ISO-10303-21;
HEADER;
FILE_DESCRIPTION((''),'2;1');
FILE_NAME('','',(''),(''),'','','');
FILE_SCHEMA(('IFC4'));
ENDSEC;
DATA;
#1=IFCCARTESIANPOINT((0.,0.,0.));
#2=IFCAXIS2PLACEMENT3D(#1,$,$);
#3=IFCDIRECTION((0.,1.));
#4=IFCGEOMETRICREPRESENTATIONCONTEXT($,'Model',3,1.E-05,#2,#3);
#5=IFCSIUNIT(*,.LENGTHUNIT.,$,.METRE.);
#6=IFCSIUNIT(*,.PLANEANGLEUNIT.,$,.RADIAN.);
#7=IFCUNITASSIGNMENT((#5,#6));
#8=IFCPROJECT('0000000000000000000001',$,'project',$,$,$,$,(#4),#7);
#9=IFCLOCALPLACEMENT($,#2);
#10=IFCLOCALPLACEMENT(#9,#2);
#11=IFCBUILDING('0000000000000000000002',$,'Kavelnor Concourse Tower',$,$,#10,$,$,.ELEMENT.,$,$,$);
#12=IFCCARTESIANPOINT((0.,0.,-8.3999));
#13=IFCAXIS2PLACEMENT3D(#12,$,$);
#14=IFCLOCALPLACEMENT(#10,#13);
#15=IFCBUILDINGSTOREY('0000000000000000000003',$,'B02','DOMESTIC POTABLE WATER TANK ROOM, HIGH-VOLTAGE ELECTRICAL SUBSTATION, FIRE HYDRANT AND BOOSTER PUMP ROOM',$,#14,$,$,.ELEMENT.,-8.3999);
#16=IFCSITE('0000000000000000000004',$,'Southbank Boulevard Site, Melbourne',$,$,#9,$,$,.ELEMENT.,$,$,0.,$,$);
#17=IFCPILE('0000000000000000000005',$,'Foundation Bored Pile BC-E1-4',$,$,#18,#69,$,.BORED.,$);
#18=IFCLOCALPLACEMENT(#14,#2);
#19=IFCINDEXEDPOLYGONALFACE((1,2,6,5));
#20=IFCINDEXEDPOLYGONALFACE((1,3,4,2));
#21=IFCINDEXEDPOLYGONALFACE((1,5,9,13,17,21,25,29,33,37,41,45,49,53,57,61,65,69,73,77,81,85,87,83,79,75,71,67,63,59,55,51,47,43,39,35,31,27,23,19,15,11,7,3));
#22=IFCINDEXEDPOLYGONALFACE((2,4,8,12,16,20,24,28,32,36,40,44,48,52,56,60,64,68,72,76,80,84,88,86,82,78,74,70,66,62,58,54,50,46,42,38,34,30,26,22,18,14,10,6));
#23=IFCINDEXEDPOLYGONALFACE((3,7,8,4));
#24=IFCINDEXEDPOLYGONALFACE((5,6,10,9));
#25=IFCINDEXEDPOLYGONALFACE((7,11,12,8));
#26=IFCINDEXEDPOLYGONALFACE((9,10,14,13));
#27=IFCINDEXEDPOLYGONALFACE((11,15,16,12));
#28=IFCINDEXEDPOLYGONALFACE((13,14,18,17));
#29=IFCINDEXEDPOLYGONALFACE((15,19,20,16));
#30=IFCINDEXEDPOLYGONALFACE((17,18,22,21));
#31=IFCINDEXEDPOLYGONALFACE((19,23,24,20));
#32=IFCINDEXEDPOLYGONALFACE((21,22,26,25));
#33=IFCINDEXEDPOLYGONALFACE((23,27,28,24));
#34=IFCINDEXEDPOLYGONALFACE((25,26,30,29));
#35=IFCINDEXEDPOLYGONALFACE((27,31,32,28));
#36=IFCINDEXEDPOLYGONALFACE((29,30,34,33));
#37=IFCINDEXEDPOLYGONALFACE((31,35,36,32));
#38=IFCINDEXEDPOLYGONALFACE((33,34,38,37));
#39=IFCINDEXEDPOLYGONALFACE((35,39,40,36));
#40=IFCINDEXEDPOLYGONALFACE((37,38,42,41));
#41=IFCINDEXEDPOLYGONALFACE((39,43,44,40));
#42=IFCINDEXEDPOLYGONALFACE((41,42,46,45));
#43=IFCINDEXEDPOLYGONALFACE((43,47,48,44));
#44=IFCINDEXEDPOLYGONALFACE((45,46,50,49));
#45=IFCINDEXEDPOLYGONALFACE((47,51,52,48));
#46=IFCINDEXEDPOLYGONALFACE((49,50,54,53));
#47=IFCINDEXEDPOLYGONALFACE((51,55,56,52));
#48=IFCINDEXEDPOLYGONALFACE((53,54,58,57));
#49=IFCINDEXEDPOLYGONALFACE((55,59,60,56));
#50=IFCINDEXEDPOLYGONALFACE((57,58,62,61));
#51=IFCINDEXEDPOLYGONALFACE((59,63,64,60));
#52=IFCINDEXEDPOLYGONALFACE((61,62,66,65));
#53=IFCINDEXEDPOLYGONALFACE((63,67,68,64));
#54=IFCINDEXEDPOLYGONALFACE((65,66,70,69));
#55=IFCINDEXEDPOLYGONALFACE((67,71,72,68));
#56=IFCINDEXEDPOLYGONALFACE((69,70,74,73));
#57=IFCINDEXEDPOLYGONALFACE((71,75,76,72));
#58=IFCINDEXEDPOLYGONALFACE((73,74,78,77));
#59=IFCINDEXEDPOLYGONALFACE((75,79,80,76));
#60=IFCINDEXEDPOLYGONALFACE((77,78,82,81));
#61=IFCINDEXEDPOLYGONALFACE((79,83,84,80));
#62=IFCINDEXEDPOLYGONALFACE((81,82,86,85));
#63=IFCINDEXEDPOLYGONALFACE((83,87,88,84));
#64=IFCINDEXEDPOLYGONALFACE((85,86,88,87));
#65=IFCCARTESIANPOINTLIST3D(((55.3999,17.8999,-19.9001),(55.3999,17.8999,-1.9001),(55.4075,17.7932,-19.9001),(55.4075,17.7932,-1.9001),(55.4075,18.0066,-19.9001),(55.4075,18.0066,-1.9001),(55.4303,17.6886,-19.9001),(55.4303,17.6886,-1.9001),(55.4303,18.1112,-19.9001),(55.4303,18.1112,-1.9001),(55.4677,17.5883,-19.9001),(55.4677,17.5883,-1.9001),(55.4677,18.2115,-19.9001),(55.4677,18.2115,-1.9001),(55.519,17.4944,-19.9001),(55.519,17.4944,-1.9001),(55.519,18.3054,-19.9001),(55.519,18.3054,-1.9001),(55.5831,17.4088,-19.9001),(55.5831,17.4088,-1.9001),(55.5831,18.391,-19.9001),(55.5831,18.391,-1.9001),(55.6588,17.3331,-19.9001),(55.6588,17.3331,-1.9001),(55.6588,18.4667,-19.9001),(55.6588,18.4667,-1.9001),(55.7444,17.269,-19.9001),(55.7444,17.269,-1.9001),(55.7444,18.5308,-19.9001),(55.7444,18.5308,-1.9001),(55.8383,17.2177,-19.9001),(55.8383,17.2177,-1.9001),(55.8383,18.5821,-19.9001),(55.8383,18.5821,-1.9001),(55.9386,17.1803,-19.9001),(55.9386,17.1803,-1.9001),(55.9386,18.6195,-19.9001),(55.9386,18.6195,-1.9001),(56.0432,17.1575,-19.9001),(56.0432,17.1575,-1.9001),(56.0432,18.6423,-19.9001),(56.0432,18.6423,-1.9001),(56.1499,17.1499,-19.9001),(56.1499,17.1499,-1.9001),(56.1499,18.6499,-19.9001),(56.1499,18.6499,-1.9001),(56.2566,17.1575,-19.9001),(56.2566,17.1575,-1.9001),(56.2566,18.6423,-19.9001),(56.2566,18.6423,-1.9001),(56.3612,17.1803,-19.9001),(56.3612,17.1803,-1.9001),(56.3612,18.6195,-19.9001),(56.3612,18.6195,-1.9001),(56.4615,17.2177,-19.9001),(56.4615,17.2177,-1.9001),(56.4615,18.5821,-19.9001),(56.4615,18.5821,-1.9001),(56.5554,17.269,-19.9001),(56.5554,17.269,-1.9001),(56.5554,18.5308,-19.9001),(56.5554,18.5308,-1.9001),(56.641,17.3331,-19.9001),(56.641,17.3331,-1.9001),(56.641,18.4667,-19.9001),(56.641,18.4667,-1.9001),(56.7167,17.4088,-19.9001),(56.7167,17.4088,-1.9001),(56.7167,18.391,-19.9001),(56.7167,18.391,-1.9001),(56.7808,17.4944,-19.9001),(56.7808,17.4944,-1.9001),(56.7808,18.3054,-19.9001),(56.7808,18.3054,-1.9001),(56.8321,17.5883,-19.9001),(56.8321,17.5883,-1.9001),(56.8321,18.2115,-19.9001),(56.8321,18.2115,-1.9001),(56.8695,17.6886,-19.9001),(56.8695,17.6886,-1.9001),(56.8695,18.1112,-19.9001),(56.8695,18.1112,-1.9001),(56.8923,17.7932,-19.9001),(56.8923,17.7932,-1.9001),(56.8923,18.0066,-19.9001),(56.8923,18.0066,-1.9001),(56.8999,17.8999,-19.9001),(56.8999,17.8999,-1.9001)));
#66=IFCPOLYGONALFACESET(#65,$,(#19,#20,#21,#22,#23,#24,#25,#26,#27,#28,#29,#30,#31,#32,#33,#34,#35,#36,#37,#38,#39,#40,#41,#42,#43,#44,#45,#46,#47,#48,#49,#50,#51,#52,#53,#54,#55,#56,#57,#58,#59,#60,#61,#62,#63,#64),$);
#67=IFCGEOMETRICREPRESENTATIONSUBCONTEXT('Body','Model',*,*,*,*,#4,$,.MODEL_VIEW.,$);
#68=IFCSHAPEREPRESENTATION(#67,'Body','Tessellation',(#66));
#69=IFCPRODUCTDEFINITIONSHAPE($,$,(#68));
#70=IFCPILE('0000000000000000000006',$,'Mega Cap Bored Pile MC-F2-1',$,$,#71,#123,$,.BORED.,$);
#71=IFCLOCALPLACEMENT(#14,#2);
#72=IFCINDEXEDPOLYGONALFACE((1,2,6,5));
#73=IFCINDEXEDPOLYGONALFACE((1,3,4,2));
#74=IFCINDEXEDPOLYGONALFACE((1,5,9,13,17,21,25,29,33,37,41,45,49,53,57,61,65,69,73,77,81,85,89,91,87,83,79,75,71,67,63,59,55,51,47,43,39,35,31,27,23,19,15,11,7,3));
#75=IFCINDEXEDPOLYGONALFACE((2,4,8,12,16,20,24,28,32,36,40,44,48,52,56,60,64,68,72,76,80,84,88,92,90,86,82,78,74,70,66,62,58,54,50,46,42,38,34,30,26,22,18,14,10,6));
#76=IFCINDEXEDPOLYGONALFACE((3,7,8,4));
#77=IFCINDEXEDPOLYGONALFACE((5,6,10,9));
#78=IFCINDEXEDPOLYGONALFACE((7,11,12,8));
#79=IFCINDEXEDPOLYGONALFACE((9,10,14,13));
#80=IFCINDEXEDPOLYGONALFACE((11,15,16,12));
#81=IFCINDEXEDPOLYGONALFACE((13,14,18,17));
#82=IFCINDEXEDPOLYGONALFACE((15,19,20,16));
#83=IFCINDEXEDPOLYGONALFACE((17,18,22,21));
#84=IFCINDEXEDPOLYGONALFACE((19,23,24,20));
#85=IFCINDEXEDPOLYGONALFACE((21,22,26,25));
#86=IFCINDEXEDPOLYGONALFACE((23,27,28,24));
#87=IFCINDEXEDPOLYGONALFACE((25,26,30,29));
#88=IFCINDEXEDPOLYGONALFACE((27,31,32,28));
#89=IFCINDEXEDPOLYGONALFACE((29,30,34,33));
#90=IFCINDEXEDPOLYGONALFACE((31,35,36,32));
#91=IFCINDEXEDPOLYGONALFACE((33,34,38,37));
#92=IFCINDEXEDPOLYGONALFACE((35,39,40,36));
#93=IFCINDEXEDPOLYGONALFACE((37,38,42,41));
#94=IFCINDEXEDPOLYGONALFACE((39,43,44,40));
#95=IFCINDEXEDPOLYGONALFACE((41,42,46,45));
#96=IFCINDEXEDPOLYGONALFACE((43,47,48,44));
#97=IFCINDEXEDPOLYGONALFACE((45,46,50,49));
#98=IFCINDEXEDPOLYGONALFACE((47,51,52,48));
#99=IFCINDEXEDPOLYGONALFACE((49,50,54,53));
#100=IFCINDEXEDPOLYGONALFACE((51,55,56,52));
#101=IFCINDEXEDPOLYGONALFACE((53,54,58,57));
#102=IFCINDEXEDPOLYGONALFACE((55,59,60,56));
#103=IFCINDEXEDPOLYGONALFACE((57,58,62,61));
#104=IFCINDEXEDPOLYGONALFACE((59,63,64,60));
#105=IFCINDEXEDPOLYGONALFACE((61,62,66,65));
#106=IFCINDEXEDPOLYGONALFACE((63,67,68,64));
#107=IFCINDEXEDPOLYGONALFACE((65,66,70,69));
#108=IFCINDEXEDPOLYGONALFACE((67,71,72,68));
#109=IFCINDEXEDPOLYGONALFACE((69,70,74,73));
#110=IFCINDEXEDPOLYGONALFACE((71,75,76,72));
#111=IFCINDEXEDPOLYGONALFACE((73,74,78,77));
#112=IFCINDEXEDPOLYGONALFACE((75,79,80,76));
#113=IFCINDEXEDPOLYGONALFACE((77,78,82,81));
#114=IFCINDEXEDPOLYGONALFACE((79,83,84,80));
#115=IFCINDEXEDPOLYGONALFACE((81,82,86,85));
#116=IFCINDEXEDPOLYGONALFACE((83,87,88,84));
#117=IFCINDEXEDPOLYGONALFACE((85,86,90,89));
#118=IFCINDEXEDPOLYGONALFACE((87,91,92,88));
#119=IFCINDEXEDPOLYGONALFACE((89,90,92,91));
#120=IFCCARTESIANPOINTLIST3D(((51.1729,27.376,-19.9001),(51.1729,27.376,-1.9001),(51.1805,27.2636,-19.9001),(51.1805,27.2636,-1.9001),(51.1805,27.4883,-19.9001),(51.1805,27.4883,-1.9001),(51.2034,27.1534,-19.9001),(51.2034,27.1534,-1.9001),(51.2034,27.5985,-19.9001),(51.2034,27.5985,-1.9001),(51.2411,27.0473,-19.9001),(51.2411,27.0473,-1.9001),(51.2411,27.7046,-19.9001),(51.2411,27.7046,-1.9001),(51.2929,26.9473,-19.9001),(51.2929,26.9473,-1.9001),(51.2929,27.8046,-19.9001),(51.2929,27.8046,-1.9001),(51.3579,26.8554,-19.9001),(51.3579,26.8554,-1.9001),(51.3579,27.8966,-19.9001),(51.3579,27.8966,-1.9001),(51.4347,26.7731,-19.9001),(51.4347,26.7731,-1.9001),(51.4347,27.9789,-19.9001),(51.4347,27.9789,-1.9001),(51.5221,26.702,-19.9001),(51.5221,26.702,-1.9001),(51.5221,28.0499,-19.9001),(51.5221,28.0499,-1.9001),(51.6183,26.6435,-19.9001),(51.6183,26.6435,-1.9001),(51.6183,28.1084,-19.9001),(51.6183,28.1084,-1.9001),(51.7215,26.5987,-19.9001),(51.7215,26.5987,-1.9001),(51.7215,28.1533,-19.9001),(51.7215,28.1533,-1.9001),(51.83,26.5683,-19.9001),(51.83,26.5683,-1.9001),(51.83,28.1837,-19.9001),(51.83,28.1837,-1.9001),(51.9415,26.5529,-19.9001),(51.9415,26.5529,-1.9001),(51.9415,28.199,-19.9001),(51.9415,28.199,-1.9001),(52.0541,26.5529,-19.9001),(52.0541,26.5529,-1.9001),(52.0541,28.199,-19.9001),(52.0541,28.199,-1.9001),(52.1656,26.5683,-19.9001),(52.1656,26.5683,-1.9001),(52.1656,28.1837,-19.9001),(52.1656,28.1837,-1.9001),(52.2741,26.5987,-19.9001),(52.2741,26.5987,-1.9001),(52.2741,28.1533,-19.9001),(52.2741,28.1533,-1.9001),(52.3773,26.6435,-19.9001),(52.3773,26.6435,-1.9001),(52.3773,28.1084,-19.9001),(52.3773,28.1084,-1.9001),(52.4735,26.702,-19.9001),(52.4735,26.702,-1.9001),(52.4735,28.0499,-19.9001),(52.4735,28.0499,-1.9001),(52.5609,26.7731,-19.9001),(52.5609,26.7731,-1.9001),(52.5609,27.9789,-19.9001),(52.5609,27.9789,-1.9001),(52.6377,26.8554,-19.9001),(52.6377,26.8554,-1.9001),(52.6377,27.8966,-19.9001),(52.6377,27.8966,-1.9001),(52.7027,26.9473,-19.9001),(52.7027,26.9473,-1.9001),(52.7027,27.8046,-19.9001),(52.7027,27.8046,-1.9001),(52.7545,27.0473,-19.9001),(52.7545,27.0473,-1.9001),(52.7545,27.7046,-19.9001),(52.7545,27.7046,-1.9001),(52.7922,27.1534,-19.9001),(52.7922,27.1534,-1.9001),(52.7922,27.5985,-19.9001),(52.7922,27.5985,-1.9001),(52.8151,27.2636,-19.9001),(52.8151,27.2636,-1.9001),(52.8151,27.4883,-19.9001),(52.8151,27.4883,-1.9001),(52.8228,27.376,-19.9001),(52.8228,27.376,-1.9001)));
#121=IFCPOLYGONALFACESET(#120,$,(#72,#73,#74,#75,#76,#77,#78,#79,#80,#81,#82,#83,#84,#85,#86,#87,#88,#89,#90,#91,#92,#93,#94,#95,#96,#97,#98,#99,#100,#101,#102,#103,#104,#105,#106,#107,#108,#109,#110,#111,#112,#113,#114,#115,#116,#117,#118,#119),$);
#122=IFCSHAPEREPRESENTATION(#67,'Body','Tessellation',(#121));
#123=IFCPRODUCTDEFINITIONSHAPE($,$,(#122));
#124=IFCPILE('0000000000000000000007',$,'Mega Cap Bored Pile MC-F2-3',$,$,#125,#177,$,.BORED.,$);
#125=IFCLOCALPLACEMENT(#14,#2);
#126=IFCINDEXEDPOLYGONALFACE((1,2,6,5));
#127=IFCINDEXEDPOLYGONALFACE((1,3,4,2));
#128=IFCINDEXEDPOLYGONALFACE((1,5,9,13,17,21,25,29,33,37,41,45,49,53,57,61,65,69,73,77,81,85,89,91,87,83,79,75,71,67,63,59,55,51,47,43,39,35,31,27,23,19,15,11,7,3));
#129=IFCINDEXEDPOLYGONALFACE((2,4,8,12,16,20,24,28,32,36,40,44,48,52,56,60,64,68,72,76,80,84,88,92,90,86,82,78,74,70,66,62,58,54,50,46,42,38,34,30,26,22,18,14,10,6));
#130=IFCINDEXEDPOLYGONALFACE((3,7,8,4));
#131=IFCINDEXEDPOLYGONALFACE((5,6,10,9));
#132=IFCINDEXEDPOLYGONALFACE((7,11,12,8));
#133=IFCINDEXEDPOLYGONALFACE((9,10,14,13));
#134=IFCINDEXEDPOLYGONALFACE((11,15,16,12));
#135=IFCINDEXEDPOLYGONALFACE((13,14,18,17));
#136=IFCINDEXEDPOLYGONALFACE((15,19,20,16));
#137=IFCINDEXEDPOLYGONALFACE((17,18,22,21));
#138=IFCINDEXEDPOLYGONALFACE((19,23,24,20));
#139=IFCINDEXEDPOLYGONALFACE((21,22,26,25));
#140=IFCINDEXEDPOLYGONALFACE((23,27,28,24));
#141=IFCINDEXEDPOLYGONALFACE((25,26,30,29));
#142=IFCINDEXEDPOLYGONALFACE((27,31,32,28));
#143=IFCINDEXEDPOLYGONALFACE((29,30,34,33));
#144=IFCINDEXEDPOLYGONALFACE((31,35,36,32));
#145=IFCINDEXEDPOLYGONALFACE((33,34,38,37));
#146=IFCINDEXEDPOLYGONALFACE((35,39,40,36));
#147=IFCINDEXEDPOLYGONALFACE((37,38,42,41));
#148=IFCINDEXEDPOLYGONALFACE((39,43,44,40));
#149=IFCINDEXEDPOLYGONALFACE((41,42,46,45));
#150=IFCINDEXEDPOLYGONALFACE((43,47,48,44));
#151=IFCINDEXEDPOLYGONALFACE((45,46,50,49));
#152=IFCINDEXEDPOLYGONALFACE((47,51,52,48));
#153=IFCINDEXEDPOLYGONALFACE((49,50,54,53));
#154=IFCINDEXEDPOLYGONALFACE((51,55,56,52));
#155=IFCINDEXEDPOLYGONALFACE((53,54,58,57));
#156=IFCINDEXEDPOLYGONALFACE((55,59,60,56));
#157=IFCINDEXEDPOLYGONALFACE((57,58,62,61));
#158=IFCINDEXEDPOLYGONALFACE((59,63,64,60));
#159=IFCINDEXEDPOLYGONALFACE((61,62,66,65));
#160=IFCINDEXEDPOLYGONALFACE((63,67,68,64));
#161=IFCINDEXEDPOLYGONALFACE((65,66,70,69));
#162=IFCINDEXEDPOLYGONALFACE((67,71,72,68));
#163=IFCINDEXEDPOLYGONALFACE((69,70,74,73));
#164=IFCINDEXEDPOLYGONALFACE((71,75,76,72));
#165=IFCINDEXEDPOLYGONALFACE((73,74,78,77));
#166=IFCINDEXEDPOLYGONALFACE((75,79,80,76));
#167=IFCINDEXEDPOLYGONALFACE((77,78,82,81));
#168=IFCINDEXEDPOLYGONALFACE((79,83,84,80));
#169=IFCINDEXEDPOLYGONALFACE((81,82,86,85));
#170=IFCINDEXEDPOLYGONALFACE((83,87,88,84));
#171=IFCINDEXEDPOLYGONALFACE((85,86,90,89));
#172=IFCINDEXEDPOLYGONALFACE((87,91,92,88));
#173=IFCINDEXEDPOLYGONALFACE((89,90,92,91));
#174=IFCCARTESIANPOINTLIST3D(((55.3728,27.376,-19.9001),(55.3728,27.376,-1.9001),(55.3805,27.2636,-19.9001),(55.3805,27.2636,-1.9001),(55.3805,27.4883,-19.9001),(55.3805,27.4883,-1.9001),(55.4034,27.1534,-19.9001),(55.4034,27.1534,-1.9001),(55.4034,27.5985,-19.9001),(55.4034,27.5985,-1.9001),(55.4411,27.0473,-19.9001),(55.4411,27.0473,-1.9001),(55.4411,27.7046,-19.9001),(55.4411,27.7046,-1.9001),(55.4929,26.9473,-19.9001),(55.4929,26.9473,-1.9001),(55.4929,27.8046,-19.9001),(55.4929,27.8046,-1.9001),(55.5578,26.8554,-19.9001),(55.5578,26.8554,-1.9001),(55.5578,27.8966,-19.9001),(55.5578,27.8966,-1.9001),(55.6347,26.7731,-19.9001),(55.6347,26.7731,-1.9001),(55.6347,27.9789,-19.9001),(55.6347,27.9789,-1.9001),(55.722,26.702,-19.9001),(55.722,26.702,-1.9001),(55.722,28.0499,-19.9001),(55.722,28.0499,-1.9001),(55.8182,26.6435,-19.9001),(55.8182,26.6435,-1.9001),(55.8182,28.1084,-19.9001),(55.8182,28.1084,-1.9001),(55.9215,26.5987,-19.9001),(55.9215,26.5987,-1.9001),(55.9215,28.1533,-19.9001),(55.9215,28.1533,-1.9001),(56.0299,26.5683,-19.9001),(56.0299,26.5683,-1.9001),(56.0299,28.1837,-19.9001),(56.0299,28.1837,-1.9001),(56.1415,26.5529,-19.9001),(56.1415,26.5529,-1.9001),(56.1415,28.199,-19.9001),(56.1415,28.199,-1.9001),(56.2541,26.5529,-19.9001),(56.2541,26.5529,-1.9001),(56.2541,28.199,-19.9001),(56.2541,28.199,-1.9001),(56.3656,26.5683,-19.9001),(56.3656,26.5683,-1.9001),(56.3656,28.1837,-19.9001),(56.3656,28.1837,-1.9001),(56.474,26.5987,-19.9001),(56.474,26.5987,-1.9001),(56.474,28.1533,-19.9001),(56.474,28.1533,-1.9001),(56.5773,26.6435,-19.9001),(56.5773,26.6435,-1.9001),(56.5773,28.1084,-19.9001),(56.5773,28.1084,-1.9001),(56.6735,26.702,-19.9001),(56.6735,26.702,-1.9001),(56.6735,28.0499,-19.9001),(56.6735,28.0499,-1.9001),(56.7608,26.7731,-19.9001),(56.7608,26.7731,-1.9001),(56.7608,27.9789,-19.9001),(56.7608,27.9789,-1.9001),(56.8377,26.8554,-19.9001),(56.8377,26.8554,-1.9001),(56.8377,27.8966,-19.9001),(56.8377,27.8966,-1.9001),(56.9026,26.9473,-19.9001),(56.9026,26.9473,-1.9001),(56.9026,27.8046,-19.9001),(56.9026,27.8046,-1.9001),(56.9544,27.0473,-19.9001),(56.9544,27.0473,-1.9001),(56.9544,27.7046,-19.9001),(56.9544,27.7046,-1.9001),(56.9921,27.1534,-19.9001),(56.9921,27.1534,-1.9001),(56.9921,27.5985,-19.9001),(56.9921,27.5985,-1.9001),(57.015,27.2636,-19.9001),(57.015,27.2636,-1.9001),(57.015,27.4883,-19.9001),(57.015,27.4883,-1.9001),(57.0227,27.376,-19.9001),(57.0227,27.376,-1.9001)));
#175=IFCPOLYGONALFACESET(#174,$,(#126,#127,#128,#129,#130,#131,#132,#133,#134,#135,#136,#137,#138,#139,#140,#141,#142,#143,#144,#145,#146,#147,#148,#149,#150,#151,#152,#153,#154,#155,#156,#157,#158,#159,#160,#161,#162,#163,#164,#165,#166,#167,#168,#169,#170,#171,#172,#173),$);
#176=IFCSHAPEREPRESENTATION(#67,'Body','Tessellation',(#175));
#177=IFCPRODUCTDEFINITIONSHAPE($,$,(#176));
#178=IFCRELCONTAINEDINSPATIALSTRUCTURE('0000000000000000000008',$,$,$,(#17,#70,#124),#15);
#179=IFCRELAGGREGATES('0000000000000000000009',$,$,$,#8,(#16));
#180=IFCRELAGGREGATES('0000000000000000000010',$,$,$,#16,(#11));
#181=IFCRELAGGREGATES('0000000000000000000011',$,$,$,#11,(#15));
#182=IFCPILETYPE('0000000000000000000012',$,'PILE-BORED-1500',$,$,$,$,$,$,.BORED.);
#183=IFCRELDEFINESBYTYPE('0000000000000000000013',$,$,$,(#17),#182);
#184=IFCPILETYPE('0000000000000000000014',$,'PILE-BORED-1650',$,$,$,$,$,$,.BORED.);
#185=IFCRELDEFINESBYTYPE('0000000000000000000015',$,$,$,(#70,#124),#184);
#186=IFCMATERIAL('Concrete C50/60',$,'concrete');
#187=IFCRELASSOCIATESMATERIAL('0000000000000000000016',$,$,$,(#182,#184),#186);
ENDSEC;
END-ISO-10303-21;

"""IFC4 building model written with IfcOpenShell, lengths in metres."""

from ifc_helpers import new_model, si_unit, direction, frame, origin, origin_2d, place, context, subcontext, project, spatial, circle, extrude, material, material_profile, profile_set, type_object, element, save


model = new_model("IFC4")

# Units and contexts
model_context = context("Model", 3, precision=1e-05, world=origin(), true_north=direction((0.0, 1.0)))
body_context = subcontext(model_context, "Body", "Model", "MODEL_VIEW")
ifc_project = project(units=[si_unit("LENGTHUNIT", "METRE"), si_unit("PLANEANGLEUNIT", "RADIAN")], contexts=[model_context])

# Site, building, storey
site_placement = place(None, origin())
site = spatial("IfcSite", under=ifc_project, at=site_placement, Name="Southbank Boulevard Site, Melbourne", CompositionType="ELEMENT", RefElevation=0.0)
building_placement = place(site_placement, origin())
building = spatial("IfcBuilding", under=site, at=building_placement, Name="Kavelnor Concourse Tower", CompositionType="ELEMENT")
storey_placement = place(building_placement, frame((0.0, 0.0, -8.3999)))
storey = spatial("IfcBuildingStorey", under=building, at=storey_placement, Name="B02", Description="DOMESTIC POTABLE WATER TANK ROOM, HIGH-VOLTAGE ELECTRICAL SUBSTATION, FIRE HYDRANT AND BOOSTER PUMP ROOM", CompositionType="ELEMENT", Elevation=-8.3999)

# Shared definitions
ifc_material_1 = material(Name="Concrete C50/60", Category="concrete")

# Piles
ifc_material_profile_1 = material_profile(ifc_material_1, circle(Radius=0.75, at=origin_2d()), Name="PILE-D1500")
ifc_profile_set_1 = profile_set([ifc_material_profile_1], Name="Concrete C50/60")
pile_type_1 = type_object("IfcPileType", Name="PILE-BORED-1500", PredefinedType="BORED", material=ifc_profile_set_1)
for number, where, z_axis, x_axis, name in (
    (1, (56.1499, 17.8999, -1.9001), (0.0, 0.0, -1.0), (1.0, 0.0, 0.0), "Foundation Bored Pile BC-E1-4"),
):
    element("IfcPile", number, at=place(storey_placement, frame(where, z_axis=z_axis, x_axis=x_axis)), inside=storey, type_object=pile_type_1, Name=name, PredefinedType="BORED", context=body_context, shape_type="SweptSolid", body=[
        extrude(circle(Radius=0.75, at=origin_2d()), origin(), (0.0, 0.0, 1.0), 18.0),
    ])
ifc_material_profile_2 = material_profile(ifc_material_1, circle(Radius=0.825, at=origin_2d()), Name="PILE-D1650")
ifc_profile_set_2 = profile_set([ifc_material_profile_2], Name="Concrete C50/60")
pile_type_2 = type_object("IfcPileType", Name="PILE-BORED-1650", PredefinedType="BORED", material=ifc_profile_set_2)
for number, where, z_axis, x_axis, name in (
    (2, (51.9978, 27.376, -1.9001), (0.0, 0.0, -1.0), (1.0, 0.0, 0.0), "Mega Cap Bored Pile MC-F2-1"),
    (3, (56.1978, 27.376, -1.9001), (0.0, 0.0, -1.0), (1.0, 0.0, 0.0), "Mega Cap Bored Pile MC-F2-3"),
):
    element("IfcPile", number, at=place(storey_placement, frame(where, z_axis=z_axis, x_axis=x_axis)), inside=storey, type_object=pile_type_2, Name=name, PredefinedType="BORED", context=body_context, shape_type="SweptSolid", body=[
        extrude(circle(Radius=0.825, at=origin_2d()), origin(), (0.0, 0.0, 1.0), 18.0),
    ])

save(model, "model.ifc")
